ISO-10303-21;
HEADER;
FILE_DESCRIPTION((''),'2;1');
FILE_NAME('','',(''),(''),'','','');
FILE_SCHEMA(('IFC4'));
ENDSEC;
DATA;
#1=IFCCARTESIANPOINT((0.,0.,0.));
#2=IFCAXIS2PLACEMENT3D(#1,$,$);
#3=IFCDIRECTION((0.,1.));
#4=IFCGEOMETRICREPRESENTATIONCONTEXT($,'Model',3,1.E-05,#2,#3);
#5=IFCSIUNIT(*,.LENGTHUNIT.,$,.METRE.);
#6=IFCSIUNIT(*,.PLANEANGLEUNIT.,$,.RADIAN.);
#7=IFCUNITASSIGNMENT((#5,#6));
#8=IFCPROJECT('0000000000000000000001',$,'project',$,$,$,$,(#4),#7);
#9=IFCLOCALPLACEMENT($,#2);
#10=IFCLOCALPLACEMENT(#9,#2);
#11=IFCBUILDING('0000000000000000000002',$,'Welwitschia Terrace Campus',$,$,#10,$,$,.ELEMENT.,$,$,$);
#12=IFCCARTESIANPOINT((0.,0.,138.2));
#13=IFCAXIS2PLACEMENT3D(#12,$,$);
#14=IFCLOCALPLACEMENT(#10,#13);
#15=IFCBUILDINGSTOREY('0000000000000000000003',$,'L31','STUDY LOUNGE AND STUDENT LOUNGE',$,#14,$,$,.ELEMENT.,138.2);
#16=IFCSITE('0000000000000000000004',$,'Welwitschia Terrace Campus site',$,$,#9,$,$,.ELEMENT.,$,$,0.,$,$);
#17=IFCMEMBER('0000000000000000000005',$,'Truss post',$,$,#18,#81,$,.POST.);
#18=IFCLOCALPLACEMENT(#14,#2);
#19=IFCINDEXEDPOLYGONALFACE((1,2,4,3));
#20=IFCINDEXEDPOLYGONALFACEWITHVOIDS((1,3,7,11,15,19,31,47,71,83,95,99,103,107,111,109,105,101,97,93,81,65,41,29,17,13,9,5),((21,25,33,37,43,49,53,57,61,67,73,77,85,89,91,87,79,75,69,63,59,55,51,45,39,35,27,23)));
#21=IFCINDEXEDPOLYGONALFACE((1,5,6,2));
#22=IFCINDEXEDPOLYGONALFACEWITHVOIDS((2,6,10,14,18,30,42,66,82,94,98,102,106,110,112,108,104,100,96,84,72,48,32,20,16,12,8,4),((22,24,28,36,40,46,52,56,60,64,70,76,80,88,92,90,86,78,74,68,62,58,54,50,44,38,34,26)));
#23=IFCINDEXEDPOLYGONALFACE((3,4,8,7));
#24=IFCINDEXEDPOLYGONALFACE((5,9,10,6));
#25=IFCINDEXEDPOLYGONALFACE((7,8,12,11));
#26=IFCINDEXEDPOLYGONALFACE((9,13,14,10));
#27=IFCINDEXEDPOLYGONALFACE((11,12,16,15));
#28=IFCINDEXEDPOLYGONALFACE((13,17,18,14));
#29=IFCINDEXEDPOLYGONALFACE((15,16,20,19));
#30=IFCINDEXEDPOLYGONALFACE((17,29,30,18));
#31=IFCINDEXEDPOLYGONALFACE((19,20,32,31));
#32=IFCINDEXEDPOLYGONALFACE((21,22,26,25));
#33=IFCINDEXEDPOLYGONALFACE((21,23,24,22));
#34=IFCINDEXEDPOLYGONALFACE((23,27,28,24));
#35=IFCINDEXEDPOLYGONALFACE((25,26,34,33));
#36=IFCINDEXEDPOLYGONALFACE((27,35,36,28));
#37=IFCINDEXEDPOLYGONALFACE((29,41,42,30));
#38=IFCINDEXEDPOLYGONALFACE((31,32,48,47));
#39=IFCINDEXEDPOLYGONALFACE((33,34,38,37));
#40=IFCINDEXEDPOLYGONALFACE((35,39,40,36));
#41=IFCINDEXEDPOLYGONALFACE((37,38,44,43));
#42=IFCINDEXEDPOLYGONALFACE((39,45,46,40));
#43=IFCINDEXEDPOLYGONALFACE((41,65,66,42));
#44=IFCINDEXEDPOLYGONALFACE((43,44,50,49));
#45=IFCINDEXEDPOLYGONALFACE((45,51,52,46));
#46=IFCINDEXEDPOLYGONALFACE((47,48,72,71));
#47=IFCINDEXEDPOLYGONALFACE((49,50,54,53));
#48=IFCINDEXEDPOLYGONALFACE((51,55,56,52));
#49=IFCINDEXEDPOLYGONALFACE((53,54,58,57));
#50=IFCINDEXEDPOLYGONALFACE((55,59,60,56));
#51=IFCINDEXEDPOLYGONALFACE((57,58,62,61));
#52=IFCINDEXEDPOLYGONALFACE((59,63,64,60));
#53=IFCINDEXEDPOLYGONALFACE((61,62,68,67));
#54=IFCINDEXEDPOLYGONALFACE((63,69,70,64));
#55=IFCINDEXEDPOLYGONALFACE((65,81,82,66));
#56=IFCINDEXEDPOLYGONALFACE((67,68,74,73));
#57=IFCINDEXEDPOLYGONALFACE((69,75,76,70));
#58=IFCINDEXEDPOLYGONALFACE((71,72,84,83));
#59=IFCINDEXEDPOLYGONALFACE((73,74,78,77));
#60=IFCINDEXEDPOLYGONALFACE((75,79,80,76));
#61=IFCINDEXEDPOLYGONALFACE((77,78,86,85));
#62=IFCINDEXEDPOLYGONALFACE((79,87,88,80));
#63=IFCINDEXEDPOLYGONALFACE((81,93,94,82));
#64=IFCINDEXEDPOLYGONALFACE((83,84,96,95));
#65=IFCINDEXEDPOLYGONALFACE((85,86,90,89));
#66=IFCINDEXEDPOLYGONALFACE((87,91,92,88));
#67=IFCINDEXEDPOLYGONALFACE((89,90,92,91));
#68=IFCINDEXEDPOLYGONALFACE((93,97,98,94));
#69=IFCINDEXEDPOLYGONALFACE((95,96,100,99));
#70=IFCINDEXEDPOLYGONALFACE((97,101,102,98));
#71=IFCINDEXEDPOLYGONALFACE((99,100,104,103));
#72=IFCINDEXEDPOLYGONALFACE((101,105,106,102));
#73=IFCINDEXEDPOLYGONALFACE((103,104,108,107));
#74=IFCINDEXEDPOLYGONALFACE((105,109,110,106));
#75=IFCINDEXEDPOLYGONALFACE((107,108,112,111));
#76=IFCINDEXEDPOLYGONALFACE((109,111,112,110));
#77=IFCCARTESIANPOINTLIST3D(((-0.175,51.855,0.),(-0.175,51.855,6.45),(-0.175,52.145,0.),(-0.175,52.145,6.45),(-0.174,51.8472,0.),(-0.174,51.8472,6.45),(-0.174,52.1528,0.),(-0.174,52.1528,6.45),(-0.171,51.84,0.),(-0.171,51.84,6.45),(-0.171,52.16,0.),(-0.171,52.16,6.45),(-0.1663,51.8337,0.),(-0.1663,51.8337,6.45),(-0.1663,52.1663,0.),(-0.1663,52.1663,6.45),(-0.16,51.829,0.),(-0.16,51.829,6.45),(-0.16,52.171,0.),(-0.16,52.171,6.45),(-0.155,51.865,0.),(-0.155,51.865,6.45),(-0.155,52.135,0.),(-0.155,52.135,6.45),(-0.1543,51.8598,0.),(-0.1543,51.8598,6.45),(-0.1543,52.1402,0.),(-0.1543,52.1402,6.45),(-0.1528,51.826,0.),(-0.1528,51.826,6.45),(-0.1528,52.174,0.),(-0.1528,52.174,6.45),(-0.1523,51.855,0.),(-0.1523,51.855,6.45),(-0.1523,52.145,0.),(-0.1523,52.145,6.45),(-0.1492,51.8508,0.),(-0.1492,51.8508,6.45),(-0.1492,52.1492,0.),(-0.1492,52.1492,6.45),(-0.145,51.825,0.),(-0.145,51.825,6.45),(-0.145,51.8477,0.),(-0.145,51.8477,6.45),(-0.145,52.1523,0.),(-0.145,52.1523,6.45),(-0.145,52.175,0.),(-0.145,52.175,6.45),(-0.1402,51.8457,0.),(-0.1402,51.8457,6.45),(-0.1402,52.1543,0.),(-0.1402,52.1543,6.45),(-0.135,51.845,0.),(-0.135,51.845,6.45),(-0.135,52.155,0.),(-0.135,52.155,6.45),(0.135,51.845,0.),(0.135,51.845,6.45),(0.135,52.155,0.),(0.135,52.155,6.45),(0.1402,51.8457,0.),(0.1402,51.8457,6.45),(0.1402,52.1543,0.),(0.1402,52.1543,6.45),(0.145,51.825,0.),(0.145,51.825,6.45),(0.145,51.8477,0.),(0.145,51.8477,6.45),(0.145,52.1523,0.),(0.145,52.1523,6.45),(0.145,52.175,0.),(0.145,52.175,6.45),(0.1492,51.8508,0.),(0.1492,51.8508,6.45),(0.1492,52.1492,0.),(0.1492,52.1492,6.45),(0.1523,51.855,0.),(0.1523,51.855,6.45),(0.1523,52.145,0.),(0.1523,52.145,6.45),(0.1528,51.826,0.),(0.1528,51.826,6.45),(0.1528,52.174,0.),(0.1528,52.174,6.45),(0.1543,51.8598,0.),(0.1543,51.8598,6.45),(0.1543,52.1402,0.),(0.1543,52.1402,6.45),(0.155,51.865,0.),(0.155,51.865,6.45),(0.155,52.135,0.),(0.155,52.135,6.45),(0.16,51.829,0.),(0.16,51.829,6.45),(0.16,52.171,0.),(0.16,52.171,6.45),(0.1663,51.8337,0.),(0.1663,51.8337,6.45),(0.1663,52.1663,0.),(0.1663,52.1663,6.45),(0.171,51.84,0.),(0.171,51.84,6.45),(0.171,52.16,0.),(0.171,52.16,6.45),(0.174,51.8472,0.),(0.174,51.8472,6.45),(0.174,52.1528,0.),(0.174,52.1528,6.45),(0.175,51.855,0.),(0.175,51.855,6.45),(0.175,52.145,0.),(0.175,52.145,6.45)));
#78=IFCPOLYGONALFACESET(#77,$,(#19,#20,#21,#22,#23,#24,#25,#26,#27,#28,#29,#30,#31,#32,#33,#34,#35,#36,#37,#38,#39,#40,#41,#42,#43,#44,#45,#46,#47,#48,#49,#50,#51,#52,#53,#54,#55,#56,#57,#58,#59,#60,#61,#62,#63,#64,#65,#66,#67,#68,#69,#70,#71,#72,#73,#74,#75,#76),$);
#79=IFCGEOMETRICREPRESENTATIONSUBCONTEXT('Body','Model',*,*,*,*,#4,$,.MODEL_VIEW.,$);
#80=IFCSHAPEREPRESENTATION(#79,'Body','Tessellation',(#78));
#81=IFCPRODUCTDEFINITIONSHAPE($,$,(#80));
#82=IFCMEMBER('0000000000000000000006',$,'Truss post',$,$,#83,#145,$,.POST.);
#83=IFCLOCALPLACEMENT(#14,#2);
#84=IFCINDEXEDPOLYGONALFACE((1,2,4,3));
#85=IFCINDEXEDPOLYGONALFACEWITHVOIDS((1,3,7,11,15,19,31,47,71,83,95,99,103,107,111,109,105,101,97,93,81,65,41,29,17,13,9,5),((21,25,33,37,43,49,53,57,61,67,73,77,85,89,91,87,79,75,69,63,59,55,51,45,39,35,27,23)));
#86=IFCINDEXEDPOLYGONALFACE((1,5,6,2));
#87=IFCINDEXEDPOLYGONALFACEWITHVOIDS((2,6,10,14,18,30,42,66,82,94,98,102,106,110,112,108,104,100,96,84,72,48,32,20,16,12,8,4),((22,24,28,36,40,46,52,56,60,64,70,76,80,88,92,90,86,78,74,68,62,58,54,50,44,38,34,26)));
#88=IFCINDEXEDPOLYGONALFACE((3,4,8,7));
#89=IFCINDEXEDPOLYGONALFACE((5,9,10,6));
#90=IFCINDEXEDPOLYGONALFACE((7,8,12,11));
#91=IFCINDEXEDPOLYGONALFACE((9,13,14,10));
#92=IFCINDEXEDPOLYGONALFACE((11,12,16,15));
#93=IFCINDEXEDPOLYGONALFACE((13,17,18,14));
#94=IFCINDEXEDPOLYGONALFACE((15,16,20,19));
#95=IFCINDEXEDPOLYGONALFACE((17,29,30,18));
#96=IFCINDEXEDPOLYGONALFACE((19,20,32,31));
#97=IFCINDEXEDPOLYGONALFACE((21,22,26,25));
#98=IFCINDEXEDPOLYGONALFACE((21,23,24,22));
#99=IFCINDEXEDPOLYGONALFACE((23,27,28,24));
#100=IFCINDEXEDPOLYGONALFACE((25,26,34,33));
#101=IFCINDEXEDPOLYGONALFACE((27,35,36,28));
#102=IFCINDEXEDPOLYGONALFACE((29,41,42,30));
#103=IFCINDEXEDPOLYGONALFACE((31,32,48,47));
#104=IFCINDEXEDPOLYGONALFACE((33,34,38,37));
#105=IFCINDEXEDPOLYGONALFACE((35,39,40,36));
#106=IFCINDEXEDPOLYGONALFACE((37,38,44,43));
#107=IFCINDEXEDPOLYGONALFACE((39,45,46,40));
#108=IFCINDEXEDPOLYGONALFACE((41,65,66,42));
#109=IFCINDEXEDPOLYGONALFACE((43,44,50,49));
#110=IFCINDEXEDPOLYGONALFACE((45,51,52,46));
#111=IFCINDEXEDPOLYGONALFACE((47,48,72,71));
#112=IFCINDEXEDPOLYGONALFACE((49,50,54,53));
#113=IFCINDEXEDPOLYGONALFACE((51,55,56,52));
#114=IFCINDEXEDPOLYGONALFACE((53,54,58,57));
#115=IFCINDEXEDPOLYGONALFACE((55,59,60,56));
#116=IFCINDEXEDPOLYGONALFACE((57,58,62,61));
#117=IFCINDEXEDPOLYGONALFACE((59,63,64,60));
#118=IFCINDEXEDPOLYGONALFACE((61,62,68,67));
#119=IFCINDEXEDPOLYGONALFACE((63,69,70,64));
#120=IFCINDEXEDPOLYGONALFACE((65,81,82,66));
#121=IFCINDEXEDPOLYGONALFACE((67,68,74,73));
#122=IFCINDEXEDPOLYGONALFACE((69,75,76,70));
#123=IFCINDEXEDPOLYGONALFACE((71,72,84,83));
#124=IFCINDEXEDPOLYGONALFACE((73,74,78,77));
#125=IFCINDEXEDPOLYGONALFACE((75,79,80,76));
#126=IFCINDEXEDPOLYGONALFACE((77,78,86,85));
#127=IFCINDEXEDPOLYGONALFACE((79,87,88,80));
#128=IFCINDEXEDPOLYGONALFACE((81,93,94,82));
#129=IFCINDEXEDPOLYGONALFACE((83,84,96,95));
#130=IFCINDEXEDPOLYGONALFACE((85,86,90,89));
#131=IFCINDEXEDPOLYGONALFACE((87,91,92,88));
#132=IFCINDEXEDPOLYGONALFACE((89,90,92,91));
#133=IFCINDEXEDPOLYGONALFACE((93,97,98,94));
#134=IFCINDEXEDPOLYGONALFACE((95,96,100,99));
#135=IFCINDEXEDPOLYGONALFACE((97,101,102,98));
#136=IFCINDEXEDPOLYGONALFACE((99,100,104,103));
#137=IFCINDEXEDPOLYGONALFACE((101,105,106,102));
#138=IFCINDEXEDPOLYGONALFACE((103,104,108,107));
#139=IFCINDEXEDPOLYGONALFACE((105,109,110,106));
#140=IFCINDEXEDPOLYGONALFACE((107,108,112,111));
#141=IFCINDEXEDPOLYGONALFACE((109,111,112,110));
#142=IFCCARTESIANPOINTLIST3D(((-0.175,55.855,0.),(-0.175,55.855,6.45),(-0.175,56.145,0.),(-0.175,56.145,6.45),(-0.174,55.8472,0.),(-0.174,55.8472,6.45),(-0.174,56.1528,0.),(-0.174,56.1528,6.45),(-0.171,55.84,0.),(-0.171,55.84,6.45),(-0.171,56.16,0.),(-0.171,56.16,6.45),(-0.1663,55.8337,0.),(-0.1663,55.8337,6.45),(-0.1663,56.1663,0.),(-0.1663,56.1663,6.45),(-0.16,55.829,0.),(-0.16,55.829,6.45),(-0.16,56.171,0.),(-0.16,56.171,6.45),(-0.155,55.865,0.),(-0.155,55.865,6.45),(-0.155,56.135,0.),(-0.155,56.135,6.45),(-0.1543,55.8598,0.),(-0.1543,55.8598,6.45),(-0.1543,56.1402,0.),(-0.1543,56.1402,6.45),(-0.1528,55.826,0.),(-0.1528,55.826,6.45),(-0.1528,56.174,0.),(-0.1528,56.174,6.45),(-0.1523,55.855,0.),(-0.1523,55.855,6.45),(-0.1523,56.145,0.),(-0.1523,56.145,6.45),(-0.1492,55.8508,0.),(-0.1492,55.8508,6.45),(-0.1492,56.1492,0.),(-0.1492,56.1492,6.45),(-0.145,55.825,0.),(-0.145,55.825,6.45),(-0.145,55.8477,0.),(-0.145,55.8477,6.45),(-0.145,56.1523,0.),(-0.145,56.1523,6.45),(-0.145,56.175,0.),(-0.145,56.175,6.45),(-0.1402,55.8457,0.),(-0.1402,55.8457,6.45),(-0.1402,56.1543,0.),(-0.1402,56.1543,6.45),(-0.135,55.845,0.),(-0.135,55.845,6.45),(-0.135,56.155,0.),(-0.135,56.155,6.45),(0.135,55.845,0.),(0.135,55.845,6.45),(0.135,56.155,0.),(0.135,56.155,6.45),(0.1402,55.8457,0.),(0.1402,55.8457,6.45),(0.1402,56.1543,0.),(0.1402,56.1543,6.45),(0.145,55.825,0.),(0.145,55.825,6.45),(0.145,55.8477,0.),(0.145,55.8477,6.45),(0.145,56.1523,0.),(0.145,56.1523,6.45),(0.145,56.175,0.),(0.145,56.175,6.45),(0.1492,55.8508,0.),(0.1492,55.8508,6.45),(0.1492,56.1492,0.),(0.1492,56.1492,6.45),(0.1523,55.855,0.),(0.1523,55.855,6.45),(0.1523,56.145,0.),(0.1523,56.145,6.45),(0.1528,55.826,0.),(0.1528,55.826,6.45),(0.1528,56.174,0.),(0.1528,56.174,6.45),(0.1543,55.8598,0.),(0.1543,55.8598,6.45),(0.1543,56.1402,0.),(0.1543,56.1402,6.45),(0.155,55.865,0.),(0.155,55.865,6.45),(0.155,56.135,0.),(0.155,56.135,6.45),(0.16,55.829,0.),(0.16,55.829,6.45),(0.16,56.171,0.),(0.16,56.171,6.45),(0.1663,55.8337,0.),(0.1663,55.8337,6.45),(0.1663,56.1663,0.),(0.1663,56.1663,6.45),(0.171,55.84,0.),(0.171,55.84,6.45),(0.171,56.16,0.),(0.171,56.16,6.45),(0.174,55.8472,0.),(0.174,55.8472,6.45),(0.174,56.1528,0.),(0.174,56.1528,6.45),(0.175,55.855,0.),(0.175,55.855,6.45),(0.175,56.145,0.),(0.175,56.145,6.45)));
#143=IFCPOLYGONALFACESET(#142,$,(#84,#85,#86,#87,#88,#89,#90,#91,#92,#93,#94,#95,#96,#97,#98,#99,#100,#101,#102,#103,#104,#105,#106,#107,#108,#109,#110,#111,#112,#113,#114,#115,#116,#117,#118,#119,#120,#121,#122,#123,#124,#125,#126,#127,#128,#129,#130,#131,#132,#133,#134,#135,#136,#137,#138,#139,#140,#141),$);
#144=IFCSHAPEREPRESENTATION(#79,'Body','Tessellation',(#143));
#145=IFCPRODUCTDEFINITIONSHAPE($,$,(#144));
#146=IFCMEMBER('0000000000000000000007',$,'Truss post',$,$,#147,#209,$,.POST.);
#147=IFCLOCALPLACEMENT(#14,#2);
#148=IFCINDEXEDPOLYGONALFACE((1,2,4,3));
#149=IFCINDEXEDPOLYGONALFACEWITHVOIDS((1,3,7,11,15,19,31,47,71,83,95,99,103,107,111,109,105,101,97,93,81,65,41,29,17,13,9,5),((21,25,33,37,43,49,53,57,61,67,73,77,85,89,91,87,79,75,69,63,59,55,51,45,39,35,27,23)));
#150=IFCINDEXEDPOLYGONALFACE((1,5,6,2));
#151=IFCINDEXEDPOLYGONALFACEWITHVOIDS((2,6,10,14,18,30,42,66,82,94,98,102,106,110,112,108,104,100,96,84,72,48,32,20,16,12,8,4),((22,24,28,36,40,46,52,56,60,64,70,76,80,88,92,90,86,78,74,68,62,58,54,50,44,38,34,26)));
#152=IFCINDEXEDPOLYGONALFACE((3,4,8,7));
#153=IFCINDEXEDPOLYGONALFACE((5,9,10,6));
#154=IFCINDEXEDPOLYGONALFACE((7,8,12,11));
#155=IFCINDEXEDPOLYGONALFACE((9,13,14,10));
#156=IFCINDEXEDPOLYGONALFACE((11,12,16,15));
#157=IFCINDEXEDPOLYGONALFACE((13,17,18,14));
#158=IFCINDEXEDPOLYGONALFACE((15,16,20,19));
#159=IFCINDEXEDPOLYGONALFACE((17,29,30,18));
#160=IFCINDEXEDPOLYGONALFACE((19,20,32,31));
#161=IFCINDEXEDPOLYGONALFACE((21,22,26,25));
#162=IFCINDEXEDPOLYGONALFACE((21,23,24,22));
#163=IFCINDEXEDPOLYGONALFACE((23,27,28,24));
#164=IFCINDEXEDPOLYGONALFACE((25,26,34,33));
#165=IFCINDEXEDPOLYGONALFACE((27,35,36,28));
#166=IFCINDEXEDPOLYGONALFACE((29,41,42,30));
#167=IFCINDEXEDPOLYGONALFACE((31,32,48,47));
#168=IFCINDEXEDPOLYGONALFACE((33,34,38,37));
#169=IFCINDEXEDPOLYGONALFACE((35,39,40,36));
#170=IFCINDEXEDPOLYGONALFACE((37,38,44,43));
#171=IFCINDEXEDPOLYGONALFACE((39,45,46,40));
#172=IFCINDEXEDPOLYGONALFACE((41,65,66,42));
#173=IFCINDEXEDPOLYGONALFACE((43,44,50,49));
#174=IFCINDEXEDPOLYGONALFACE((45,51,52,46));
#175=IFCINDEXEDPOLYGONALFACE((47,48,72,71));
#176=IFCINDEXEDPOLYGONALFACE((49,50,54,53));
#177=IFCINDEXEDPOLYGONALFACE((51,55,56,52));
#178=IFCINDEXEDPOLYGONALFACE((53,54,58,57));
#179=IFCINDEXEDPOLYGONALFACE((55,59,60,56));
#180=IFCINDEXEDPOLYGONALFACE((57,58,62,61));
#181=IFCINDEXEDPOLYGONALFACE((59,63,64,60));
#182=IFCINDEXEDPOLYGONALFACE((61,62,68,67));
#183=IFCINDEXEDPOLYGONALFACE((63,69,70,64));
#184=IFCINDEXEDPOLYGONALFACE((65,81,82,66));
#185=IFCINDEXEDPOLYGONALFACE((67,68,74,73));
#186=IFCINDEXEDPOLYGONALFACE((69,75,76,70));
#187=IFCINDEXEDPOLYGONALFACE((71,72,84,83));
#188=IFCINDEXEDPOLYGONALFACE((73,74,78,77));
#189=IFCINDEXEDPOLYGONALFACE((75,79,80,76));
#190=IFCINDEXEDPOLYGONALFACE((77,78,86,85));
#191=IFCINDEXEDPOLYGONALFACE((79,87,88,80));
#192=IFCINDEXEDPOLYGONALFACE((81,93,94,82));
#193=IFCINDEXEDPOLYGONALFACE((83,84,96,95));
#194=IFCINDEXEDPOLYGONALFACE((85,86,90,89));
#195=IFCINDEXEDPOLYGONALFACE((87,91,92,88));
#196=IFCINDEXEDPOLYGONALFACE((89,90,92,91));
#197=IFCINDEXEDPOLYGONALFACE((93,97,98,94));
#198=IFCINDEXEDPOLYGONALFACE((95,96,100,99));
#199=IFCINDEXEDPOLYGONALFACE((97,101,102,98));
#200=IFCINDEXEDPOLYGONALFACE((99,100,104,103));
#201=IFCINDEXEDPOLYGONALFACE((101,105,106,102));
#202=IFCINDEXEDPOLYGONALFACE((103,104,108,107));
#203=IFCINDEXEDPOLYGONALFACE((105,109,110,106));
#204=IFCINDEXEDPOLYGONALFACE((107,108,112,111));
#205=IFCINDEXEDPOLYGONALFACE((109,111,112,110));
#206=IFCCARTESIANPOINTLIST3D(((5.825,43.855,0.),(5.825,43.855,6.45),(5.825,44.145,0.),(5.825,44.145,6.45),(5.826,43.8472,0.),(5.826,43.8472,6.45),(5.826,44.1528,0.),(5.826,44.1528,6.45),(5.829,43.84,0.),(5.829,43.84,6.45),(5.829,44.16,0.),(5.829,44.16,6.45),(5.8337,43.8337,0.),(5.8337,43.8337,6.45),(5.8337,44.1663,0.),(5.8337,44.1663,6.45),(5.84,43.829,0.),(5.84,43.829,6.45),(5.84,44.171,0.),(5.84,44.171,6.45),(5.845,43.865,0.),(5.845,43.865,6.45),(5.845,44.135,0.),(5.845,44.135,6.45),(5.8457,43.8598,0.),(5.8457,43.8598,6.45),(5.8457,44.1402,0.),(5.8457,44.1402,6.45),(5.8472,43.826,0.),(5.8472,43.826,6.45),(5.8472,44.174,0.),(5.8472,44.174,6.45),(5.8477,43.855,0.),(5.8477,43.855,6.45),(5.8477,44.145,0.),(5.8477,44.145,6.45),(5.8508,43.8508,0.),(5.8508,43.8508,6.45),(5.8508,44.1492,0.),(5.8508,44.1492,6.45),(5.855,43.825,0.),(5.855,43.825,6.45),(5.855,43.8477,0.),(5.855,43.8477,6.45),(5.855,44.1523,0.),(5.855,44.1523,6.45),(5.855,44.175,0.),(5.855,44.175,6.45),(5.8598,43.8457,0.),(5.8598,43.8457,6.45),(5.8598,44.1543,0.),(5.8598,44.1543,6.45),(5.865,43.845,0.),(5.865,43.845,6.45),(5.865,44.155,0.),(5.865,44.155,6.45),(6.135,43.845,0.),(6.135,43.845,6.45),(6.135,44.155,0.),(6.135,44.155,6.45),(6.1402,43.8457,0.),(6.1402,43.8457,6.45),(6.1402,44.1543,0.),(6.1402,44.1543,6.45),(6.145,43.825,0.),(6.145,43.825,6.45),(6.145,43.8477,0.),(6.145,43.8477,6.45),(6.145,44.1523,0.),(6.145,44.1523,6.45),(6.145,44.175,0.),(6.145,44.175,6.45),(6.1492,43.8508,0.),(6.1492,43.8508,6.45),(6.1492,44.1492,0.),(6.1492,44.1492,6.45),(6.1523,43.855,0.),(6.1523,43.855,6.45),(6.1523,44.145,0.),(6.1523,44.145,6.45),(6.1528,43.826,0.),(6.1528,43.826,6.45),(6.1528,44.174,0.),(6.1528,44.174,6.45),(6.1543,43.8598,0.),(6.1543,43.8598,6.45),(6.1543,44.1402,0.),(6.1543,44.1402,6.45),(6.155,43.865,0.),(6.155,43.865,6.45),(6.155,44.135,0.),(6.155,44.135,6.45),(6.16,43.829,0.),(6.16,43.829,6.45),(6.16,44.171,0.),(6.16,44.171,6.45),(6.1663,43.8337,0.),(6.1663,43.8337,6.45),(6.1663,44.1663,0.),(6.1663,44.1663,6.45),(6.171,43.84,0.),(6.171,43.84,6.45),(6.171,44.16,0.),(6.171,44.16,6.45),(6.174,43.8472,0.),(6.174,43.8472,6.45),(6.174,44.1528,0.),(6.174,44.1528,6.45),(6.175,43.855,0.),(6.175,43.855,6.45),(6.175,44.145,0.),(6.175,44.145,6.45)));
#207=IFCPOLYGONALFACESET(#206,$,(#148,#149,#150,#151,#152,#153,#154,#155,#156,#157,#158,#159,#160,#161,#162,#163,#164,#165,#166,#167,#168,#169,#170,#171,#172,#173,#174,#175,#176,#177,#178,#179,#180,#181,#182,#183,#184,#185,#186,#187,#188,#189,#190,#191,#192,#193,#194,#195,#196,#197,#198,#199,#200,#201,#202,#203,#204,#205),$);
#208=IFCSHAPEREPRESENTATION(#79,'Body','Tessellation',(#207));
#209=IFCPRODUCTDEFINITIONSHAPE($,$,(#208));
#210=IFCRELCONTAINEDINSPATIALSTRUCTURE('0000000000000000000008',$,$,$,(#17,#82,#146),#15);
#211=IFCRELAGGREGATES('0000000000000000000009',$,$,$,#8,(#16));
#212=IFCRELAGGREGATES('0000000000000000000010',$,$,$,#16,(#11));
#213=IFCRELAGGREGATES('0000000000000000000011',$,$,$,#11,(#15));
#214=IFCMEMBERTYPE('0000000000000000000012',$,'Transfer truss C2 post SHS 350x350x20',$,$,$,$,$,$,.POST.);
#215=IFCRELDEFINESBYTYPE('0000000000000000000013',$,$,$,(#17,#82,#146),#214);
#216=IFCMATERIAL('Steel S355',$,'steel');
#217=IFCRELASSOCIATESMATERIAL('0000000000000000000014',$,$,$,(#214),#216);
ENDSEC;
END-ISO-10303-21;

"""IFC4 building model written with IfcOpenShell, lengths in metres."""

from ifc_helpers import new_model, si_unit, direction, frame, origin, origin_2d, place, context, subcontext, project, spatial, hollow_rectangle, extrude, material, material_profile, profile_set, type_object, element, save


model = new_model("IFC4")

# Units and contexts
model_context = context("Model", 3, precision=1e-05, world=origin(), true_north=direction((0.0, 1.0)))
body_context = subcontext(model_context, "Body", "Model", "MODEL_VIEW")
ifc_project = project(units=[si_unit("LENGTHUNIT", "METRE"), si_unit("PLANEANGLEUNIT", "RADIAN")], contexts=[model_context])

# Site, building, storey
site_placement = place(None, origin())
site = spatial("IfcSite", under=ifc_project, at=site_placement, Name="Welwitschia Terrace Campus site", CompositionType="ELEMENT", RefElevation=0.0)
building_placement = place(site_placement, origin())
building = spatial("IfcBuilding", under=site, at=building_placement, Name="Welwitschia Terrace Campus", CompositionType="ELEMENT")
storey_placement = place(building_placement, frame((0.0, 0.0, 138.2)))
storey = spatial("IfcBuildingStorey", under=building, at=storey_placement, Name="L31", Description="STUDY LOUNGE AND STUDENT LOUNGE", CompositionType="ELEMENT", Elevation=138.2)

# Members
ifc_material_1 = material(Name="Steel S355", Category="steel")
ifc_material_profile_1 = material_profile(ifc_material_1, hollow_rectangle(XDim=0.3501, YDim=0.3501, WallThickness=0.02, InnerFilletRadius=0.02, OuterFilletRadius=0.03, at=origin_2d()))
ifc_profile_set_1 = profile_set([ifc_material_profile_1], Name="Steel S355")
member_type_1 = type_object("IfcMemberType", Name="Transfer truss C2 post SHS 350x350x20", PredefinedType="POST", material=ifc_profile_set_1)
for number, where, z_axis, x_axis, name in (
    (1, (0.0, 52.0, 0.0), (0.0, 0.0, 1.0), (1.0, 0.0, 0.0), "Truss post"),
    (2, (0.0, 56.0, 0.0), (0.0, 0.0, 1.0), (1.0, 0.0, 0.0), "Truss post"),
    (3, (6.0, 44.0, 0.0), (0.0, 0.0, 1.0), (1.0, 0.0, 0.0), "Truss post"),
):
    element("IfcMember", number, at=place(storey_placement, frame(where, z_axis=z_axis, x_axis=x_axis)), inside=storey, type_object=member_type_1, Name=name, PredefinedType="POST", context=body_context, shape_type="SweptSolid", body=[
        extrude(hollow_rectangle(XDim=0.3501, YDim=0.3501, WallThickness=0.02, InnerFilletRadius=0.02, OuterFilletRadius=0.03, at=origin_2d()), origin(), (0.0, 0.0, 1.0), 6.45),
    ])

save(model, "model.ifc")
